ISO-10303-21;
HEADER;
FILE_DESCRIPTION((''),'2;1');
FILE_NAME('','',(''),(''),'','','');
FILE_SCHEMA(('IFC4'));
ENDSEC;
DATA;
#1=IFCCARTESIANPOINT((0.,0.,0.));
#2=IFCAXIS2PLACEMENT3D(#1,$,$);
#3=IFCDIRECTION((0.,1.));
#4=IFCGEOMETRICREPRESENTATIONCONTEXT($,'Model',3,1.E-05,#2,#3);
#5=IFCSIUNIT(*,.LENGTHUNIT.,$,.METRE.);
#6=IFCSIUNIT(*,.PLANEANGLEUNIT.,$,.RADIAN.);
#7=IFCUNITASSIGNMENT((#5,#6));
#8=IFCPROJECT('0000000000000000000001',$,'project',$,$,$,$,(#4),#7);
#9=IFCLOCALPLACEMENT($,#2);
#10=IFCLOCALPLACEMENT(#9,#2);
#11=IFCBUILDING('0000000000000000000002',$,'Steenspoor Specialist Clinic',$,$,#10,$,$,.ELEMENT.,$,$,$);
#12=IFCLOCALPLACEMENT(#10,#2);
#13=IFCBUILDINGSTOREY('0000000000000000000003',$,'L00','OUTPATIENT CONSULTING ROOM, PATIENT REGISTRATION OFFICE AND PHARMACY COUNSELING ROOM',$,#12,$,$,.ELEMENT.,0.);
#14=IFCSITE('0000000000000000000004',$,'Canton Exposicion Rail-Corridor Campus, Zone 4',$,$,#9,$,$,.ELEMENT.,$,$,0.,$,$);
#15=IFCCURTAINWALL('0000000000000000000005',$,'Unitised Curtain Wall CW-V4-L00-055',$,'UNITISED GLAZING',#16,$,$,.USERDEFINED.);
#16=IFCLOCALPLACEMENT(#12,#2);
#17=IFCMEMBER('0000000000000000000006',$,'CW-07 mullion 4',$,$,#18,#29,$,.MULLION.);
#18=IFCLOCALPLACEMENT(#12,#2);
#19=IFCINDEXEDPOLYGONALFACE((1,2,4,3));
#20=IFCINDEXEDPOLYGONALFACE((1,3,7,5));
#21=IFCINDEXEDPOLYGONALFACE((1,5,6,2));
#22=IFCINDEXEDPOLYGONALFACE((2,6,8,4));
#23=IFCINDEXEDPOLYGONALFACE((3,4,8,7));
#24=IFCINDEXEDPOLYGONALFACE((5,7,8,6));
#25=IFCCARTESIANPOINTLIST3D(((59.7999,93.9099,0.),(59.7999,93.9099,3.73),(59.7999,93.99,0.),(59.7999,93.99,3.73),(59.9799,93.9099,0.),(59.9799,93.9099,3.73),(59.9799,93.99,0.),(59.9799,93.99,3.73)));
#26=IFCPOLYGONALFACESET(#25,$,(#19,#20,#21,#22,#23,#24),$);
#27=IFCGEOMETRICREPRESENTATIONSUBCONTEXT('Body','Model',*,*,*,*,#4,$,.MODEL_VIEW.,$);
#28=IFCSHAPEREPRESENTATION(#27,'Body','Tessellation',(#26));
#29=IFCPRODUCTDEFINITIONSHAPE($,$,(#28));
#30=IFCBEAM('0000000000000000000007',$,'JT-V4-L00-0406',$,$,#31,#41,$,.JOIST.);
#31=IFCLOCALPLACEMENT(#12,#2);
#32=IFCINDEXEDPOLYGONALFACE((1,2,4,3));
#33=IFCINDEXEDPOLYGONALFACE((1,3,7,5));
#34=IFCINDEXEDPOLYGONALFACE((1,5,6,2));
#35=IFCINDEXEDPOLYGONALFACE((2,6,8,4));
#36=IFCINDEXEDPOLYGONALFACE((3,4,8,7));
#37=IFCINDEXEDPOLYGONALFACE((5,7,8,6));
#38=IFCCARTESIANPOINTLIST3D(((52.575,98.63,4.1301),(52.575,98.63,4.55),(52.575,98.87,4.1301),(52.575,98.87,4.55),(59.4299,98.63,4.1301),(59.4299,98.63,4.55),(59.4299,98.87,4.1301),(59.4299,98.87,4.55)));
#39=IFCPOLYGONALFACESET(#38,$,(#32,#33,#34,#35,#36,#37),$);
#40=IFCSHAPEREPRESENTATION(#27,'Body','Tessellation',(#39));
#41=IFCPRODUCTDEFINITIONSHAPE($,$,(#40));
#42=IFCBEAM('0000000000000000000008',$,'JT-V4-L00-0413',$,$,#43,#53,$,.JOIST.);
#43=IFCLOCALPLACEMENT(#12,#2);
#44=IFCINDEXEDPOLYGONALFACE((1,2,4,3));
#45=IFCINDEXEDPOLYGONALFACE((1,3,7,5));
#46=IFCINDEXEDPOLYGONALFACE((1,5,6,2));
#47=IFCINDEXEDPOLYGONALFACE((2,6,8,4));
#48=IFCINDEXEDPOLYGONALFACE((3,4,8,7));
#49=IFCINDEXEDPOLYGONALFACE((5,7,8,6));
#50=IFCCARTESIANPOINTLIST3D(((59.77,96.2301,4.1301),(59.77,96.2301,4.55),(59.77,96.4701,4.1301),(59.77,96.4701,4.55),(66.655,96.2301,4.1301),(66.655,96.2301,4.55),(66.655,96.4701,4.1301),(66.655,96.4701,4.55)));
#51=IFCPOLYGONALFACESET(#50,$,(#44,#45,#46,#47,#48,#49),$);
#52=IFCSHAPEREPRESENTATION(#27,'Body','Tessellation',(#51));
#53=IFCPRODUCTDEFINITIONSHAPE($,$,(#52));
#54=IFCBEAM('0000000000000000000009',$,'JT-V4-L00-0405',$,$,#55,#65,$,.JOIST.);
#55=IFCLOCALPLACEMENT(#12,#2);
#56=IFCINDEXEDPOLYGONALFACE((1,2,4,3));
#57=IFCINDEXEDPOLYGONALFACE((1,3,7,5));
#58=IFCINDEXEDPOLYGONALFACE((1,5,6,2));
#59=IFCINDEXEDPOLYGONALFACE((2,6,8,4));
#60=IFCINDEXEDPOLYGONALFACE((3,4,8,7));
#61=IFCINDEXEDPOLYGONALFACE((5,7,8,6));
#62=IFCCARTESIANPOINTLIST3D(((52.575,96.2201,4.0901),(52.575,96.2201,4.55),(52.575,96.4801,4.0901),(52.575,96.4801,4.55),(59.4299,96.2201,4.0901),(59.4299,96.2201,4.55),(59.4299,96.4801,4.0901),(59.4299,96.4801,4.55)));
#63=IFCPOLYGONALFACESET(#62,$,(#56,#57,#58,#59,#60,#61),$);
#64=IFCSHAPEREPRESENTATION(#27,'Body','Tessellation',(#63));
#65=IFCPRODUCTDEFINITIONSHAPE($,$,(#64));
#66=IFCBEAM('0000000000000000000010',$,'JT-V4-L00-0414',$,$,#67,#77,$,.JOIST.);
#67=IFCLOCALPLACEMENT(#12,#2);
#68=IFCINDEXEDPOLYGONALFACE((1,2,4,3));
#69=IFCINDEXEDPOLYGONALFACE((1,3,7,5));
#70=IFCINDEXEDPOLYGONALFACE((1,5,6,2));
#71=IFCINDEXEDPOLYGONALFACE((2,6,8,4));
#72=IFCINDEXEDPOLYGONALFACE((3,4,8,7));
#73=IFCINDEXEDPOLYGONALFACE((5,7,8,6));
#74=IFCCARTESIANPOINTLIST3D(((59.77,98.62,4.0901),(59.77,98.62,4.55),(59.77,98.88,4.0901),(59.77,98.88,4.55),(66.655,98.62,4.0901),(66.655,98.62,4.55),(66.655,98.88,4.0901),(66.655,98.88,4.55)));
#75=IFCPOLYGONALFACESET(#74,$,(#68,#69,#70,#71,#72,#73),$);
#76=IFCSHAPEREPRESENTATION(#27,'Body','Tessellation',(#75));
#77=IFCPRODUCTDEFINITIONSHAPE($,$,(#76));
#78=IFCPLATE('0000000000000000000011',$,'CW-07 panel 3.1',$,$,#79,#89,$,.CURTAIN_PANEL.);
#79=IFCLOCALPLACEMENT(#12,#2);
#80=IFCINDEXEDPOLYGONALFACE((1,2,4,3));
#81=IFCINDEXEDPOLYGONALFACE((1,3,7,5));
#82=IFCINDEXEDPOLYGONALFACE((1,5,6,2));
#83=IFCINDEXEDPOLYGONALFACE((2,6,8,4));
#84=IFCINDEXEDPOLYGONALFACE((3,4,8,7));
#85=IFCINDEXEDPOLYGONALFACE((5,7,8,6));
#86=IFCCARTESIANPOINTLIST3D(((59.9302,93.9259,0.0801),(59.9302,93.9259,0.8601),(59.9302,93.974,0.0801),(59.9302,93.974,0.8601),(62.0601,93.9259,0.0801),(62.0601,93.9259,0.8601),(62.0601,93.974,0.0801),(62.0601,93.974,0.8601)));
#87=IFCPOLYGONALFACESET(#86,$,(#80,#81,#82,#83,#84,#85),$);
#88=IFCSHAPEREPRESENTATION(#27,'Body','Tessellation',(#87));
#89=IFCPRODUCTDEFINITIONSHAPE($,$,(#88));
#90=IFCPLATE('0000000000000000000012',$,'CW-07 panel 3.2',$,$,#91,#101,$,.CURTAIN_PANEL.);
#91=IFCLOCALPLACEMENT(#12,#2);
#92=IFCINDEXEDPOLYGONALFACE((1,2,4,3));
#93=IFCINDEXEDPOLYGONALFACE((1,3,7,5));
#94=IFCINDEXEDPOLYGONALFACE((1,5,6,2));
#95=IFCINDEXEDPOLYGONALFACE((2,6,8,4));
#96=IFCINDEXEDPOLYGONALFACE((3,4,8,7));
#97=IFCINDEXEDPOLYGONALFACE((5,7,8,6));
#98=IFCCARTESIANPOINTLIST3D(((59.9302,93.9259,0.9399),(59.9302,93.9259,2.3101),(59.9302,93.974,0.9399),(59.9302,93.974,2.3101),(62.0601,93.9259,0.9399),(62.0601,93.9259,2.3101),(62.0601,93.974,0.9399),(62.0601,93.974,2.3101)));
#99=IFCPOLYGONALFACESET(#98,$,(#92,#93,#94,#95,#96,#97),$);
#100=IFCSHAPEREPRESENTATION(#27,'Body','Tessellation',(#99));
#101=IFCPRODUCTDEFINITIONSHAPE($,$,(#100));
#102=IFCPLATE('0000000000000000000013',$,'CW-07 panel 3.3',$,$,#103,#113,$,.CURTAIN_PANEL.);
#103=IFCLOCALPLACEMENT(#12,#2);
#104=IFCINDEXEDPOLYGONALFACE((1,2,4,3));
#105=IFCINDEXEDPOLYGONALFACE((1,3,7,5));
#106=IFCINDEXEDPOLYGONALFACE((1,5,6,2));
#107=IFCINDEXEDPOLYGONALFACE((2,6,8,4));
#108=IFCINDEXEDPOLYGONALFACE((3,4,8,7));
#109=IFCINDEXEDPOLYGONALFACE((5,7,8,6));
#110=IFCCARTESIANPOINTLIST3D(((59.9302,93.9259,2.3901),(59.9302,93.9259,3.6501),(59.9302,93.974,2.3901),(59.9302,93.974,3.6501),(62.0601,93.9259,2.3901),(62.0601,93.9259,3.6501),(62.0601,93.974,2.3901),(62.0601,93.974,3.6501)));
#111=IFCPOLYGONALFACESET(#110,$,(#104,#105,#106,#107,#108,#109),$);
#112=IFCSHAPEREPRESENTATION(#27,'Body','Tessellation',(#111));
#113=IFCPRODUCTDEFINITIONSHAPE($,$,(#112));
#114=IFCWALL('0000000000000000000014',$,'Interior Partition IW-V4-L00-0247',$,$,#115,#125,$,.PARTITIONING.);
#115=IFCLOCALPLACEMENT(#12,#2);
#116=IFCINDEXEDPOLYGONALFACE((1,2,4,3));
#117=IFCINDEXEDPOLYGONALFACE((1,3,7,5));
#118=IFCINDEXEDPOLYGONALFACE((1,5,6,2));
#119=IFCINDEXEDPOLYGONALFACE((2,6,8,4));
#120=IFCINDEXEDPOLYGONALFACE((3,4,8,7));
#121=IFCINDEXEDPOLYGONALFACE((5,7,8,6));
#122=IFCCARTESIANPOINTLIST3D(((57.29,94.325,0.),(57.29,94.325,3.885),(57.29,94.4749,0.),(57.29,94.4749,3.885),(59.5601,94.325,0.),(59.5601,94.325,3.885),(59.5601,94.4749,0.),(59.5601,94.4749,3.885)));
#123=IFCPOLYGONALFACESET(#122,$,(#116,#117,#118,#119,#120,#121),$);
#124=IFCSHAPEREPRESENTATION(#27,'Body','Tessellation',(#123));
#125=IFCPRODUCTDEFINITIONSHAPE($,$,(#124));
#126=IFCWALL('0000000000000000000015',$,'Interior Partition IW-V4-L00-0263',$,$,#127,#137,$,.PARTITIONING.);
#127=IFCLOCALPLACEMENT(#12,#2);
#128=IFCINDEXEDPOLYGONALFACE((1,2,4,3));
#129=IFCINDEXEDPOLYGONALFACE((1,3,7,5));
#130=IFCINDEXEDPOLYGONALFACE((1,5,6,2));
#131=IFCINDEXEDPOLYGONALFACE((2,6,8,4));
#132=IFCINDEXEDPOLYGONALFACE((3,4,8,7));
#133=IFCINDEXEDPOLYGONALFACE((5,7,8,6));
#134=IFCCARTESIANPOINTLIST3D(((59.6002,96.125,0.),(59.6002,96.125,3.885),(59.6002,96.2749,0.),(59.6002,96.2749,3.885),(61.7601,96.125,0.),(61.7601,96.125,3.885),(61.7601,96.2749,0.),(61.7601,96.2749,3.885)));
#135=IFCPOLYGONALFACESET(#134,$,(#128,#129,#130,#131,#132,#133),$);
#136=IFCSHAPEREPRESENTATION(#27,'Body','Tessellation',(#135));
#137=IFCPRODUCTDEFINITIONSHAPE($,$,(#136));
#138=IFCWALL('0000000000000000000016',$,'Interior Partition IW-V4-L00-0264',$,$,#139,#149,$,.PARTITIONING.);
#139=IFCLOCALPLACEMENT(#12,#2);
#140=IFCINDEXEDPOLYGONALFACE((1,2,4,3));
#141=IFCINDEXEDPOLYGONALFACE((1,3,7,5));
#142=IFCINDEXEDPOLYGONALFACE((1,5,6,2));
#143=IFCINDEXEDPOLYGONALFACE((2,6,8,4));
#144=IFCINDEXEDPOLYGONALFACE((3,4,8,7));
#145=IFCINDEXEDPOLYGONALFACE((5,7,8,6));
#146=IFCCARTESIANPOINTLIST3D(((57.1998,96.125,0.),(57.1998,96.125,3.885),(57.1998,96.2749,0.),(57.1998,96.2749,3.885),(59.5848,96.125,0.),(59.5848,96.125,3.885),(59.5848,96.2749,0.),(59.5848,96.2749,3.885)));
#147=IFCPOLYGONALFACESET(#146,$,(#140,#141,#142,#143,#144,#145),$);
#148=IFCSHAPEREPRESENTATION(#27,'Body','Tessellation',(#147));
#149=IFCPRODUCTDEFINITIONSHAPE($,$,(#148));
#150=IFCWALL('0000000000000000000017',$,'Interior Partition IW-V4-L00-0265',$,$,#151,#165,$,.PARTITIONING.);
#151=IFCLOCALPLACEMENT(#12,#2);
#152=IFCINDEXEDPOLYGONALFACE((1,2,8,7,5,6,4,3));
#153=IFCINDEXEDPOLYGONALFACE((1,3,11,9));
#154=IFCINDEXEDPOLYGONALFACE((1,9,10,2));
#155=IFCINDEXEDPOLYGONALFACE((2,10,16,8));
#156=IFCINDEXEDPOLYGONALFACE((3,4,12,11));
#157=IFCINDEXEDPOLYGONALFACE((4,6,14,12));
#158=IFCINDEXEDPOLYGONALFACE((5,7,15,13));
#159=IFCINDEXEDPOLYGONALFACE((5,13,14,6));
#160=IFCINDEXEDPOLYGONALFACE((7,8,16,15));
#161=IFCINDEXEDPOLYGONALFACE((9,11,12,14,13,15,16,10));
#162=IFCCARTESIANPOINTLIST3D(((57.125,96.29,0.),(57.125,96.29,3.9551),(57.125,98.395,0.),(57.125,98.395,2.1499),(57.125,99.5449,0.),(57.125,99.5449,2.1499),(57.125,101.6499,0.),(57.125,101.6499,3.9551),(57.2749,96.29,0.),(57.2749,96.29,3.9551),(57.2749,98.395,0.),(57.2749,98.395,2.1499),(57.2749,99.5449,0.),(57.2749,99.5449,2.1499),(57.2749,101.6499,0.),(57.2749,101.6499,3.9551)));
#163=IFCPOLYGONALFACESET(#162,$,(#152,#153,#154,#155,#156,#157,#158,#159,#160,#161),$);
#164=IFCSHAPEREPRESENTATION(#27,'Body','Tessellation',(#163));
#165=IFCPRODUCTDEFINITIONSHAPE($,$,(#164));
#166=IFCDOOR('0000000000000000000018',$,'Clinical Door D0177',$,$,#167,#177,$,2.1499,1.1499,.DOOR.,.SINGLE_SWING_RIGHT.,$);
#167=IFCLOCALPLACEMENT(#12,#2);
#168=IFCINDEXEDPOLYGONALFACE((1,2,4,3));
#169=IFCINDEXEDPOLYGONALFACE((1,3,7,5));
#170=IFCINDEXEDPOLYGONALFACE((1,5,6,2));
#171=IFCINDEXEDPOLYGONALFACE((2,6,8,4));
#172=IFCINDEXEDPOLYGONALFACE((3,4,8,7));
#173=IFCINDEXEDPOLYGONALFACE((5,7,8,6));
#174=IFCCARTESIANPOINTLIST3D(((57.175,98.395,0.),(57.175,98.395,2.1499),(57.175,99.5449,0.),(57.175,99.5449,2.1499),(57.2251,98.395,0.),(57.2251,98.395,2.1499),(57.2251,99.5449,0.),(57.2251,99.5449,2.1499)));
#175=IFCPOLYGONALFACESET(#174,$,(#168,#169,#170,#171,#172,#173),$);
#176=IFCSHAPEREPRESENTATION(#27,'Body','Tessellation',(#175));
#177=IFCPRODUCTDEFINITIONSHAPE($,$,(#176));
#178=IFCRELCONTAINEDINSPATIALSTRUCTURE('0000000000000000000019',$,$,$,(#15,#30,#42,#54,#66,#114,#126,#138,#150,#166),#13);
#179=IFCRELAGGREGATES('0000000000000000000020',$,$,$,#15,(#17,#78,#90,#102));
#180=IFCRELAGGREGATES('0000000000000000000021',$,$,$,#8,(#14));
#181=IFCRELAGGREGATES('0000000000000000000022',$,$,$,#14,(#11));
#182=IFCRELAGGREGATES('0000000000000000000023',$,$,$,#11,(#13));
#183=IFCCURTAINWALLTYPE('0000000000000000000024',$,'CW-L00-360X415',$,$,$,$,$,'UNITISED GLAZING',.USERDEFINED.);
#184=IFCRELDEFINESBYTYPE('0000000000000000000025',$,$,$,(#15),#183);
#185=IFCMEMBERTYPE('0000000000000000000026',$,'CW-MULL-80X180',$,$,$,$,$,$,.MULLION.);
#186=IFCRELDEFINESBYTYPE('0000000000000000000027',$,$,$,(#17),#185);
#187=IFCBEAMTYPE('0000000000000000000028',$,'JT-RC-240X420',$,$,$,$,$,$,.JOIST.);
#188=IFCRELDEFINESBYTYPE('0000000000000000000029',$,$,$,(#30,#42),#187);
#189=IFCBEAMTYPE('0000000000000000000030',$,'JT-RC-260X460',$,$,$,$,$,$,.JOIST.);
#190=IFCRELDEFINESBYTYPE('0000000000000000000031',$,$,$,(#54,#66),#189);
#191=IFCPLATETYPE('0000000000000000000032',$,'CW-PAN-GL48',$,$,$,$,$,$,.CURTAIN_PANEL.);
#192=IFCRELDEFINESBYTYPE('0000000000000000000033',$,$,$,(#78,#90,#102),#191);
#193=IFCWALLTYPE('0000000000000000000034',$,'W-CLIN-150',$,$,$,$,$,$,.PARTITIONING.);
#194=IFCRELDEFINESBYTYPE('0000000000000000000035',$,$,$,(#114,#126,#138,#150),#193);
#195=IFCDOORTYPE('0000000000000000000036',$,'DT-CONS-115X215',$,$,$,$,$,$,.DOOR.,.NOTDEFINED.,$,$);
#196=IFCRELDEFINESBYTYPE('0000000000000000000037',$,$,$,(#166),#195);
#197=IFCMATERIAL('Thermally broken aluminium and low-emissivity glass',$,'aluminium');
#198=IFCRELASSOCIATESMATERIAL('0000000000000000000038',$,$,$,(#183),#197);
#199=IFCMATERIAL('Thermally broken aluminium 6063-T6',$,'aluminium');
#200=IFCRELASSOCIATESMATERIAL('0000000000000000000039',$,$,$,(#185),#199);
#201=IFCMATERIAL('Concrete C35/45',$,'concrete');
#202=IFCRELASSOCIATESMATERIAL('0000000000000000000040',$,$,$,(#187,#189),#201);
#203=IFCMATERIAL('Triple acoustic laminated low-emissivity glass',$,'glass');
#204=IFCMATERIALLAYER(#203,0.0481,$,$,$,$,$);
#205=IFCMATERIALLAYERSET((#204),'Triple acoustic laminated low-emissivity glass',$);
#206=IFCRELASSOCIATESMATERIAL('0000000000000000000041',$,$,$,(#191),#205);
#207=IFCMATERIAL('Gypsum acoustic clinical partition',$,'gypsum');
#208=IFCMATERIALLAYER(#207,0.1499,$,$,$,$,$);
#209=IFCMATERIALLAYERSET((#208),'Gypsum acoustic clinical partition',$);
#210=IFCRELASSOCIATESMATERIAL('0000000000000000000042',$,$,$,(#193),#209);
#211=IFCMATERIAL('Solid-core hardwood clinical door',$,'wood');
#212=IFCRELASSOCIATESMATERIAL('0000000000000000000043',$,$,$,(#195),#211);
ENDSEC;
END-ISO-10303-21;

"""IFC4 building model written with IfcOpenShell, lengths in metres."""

from ifc_helpers import new_model, si_unit, direction, frame, frame_2d, origin, origin_2d, place, context, subcontext, project, spatial, rectangle, extrude, material, layer, layer_set, material_profile, profile_set, type_object, element, fill, aggregate, save


model = new_model("IFC4")

# Units and contexts
model_context = context("Model", 3, precision=1e-05, world=origin(), true_north=direction((0.0, 1.0)))
body_context = subcontext(model_context, "Body", "Model", "MODEL_VIEW")
ifc_project = project(units=[si_unit("LENGTHUNIT", "METRE"), si_unit("PLANEANGLEUNIT", "RADIAN")], contexts=[model_context])

# Site, building, storey
site_placement = place(None, origin())
site = spatial("IfcSite", under=ifc_project, at=site_placement, Name="Canton Exposicion Rail-Corridor Campus, Zone 4", CompositionType="ELEMENT", RefElevation=0.0)
building_placement = place(site_placement, origin())
building = spatial("IfcBuilding", under=site, at=building_placement, Name="Steenspoor Specialist Clinic", CompositionType="ELEMENT")
storey_placement = place(building_placement, origin())
storey = spatial("IfcBuildingStorey", under=building, at=storey_placement, Name="L00", Description="OUTPATIENT CONSULTING ROOM, PATIENT REGISTRATION OFFICE AND PHARMACY COUNSELING ROOM", CompositionType="ELEMENT", Elevation=0.0)

# Shared definitions
ifc_material_1 = material(Name="Concrete C35/45", Category="concrete")

# Curtain wall, member
ifc_material_2 = material(Name="Thermally broken aluminium and low-emissivity glass", Category="aluminium")
curtain_wall_type = type_object("IfcCurtainWallType", Name="CW-L00-360X415", ElementType="UNITISED GLAZING", PredefinedType="USERDEFINED", material=ifc_material_2)
curtain_wall_placement = place(storey_placement, origin())
curtain_wall = element("IfcCurtainWall", 1, at=curtain_wall_placement, inside=storey, type_object=curtain_wall_type, Name="Unitised Curtain Wall CW-V4-L00-055", ObjectType="UNITISED GLAZING", PredefinedType="USERDEFINED")
ifc_material_3 = material(Name="Thermally broken aluminium 6063-T6", Category="aluminium")
ifc_material_profile_1 = material_profile(ifc_material_3, rectangle(XDim=0.0801, YDim=0.1799, at=origin_2d()), Name="CWM-80X180")
ifc_profile_set_1 = profile_set([ifc_material_profile_1], Name="Thermally broken aluminium 6063-T6")
member_type = type_object("IfcMemberType", Name="CW-MULL-80X180", PredefinedType="MULLION", material=ifc_profile_set_1)
member_placement = place(storey_placement, frame((59.8899, 93.95, 0.0), z_axis=(0.0, 0.0, 1.0), x_axis=(0.0, -1.0, 0.0)))
member = element("IfcMember", 2, at=member_placement, type_object=member_type, Name="CW-07 mullion 4", PredefinedType="MULLION", context=body_context, shape_type="SweptSolid", body=[
    extrude(rectangle(XDim=0.0801, YDim=0.1799, at=origin_2d()), origin(), (0.0, 0.0, 1.0), 3.73),
])

# Beams
ifc_material_profile_2 = material_profile(ifc_material_1, rectangle(XDim=0.24, YDim=0.4199, at=origin_2d()), Name="RC-JT-240X420")
ifc_profile_set_2 = profile_set([ifc_material_profile_2], Name="Concrete C35/45")
beam_type_1 = type_object("IfcBeamType", Name="JT-RC-240X420", PredefinedType="JOIST", material=ifc_profile_set_2)
beam_1_placement = place(storey_placement, frame((52.575, 98.75, 4.3401), z_axis=(1.0, 0.0, 0.0), x_axis=(0.0, 1.0, 0.0)))
element("IfcBeam", 3, at=beam_1_placement, inside=storey, type_object=beam_type_1, Name="JT-V4-L00-0406", PredefinedType="JOIST", context=body_context, shape_type="SweptSolid", body=[
    extrude(rectangle(XDim=0.24, YDim=0.4199, at=origin_2d()), origin(), (0.0, 0.0, 1.0), 6.855),
])
beam_2_placement = place(storey_placement, frame((59.77, 96.3501, 4.3401), z_axis=(1.0, 0.0, 0.0), x_axis=(0.0, 1.0, 0.0)))
element("IfcBeam", 4, at=beam_2_placement, inside=storey, type_object=beam_type_1, Name="JT-V4-L00-0413", PredefinedType="JOIST", context=body_context, shape_type="SweptSolid", body=[
    extrude(rectangle(XDim=0.24, YDim=0.4199, at=origin_2d()), origin(), (0.0, 0.0, 1.0), 6.885),
])
ifc_material_profile_3 = material_profile(ifc_material_1, rectangle(XDim=0.26, YDim=0.46, at=origin_2d()), Name="RC-JT-260X460")
ifc_profile_set_3 = profile_set([ifc_material_profile_3], Name="Concrete C35/45")
beam_type_2 = type_object("IfcBeamType", Name="JT-RC-260X460", PredefinedType="JOIST", material=ifc_profile_set_3)
beam_3_placement = place(storey_placement, frame((52.575, 96.3501, 4.3201), z_axis=(1.0, 0.0, 0.0), x_axis=(0.0, 1.0, 0.0)))
element("IfcBeam", 5, at=beam_3_placement, inside=storey, type_object=beam_type_2, Name="JT-V4-L00-0405", PredefinedType="JOIST", context=body_context, shape_type="SweptSolid", body=[
    extrude(rectangle(XDim=0.26, YDim=0.46, at=origin_2d()), origin(), (0.0, 0.0, 1.0), 6.855),
])
beam_4_placement = place(storey_placement, frame((59.77, 98.75, 4.3201), z_axis=(1.0, 0.0, 0.0), x_axis=(0.0, 1.0, 0.0)))
element("IfcBeam", 6, at=beam_4_placement, inside=storey, type_object=beam_type_2, Name="JT-V4-L00-0414", PredefinedType="JOIST", context=body_context, shape_type="SweptSolid", body=[
    extrude(rectangle(XDim=0.26, YDim=0.46, at=origin_2d()), origin(), (0.0, 0.0, 1.0), 6.885),
])

# Plates
ifc_material_4 = material(Name="Triple acoustic laminated low-emissivity glass", Category="glass")
ifc_layer_1 = layer(ifc_material_4, 0.0481)
ifc_layer_set_1 = layer_set([ifc_layer_1], Name="Triple acoustic laminated low-emissivity glass")
plate_type = type_object("IfcPlateType", Name="CW-PAN-GL48", PredefinedType="CURTAIN_PANEL", material=ifc_layer_set_1)
plate_1_placement = place(storey_placement, frame((60.9951, 93.95, 0.0801), z_axis=(0.0, 0.0, 1.0), x_axis=(-1.0, 0.0, 0.0)))
plate_1 = element("IfcPlate", 7, at=plate_1_placement, type_object=plate_type, Name="CW-07 panel 3.1", PredefinedType="CURTAIN_PANEL", context=body_context, shape_type="SweptSolid", body=[
    extrude(rectangle(XDim=2.1299, YDim=0.0481, at=origin_2d()), origin(), (0.0, 0.0, 1.0), 0.78),
])
plate_2_placement = place(storey_placement, frame((60.9951, 93.95, 0.9399), z_axis=(0.0, 0.0, 1.0), x_axis=(-1.0, 0.0, 0.0)))
plate_2 = element("IfcPlate", 8, at=plate_2_placement, type_object=plate_type, Name="CW-07 panel 3.2", PredefinedType="CURTAIN_PANEL", context=body_context, shape_type="SweptSolid", body=[
    extrude(rectangle(XDim=2.1299, YDim=0.0481, at=origin_2d()), origin(), (0.0, 0.0, 1.0), 1.3701),
])
plate_3_placement = place(storey_placement, frame((60.9951, 93.95, 2.3901), z_axis=(0.0, 0.0, 1.0), x_axis=(-1.0, 0.0, 0.0)))
plate_3 = element("IfcPlate", 9, at=plate_3_placement, type_object=plate_type, Name="CW-07 panel 3.3", PredefinedType="CURTAIN_PANEL", context=body_context, shape_type="SweptSolid", body=[
    extrude(rectangle(XDim=2.1299, YDim=0.0481, at=origin_2d()), origin(), (0.0, 0.0, 1.0), 1.26),
])
aggregate(curtain_wall, [member, plate_1, plate_2, plate_3])

# Walls
ifc_material_5 = material(Name="Gypsum acoustic clinical partition", Category="gypsum")
ifc_layer_2 = layer(ifc_material_5, 0.1499)
ifc_layer_set_2 = layer_set([ifc_layer_2], Name="Gypsum acoustic clinical partition")
wall_type = type_object("IfcWallType", Name="W-CLIN-150", PredefinedType="PARTITIONING", material=ifc_layer_set_2)
wall_1_placement = place(storey_placement, frame((57.29, 94.3999, 0.0), z_axis=(0.0, 0.0, 1.0), x_axis=(1.0, 0.0, 0.0)))
element("IfcWall", 10, at=wall_1_placement, inside=storey, type_object=wall_type, Name="Interior Partition IW-V4-L00-0247", PredefinedType="PARTITIONING", context=body_context, shape_type="SweptSolid", body=[
    extrude(rectangle(XDim=2.27, YDim=0.1499, at=frame_2d((1.135, 0.0))), origin(), (0.0, 0.0, 1.0), 3.885),
])
wall_2_placement = place(storey_placement, frame((59.6001, 96.2, 0.0), z_axis=(0.0, 0.0, 1.0), x_axis=(1.0, 0.0, 0.0)))
element("IfcWall", 11, at=wall_2_placement, inside=storey, type_object=wall_type, Name="Interior Partition IW-V4-L00-0263", PredefinedType="PARTITIONING", context=body_context, shape_type="SweptSolid", body=[
    extrude(rectangle(XDim=2.1599, YDim=0.1499, at=frame_2d((1.0801, 0.0))), origin(), (0.0, 0.0, 1.0), 3.885),
])
wall_3_placement = place(storey_placement, frame((57.2, 96.2, 0.0), z_axis=(0.0, 0.0, 1.0), x_axis=(1.0, 0.0, 0.0)))
element("IfcWall", 12, at=wall_3_placement, inside=storey, type_object=wall_type, Name="Interior Partition IW-V4-L00-0264", PredefinedType="PARTITIONING", context=body_context, shape_type="SweptSolid", body=[
    extrude(rectangle(XDim=2.385, YDim=0.1499, at=frame_2d((1.1924, 0.0))), origin(), (0.0, 0.0, 1.0), 3.885),
])

# Wall, opening, door
wall_4_placement = place(storey_placement, frame((57.2, 96.29, 0.0), z_axis=(0.0, 0.0, 1.0), x_axis=(0.0, 1.0, 0.0)))
wall_4 = element("IfcWall", 13, at=wall_4_placement, inside=storey, type_object=wall_type, Name="Interior Partition IW-V4-L00-0265", PredefinedType="PARTITIONING", context=body_context, shape_type="SweptSolid", body=[
    extrude(rectangle(XDim=5.3599, YDim=0.1499, at=frame_2d((2.6799, 0.0))), origin(), (0.0, 0.0, 1.0), 3.9551),
])
opening_placement = place(wall_4_placement, frame((2.105, 0.0, 0.0)))
opening = element("IfcOpeningElement", 14, at=opening_placement, cuts=wall_4, PredefinedType="OPENING", context=body_context, shape_type="SweptSolid", body=[
    extrude(rectangle(XDim=1.1499, YDim=2.1499, at=frame_2d((0.575, 1.075))), frame((0.0, 0.085, 0.0), z_axis=(0.0, -1.0, 0.0), x_axis=(1.0, 0.0, 0.0)), (0.0, 0.0, 1.0), 0.1699),
])
ifc_material_6 = material(Name="Solid-core hardwood clinical door", Category="wood")
door_type = type_object("IfcDoorType", Name="DT-CONS-115X215", OperationType="NOTDEFINED", PredefinedType="DOOR", material=ifc_material_6)
door_placement = place(opening_placement, origin())
door = element("IfcDoor", 15, at=door_placement, inside=storey, type_object=door_type, Name="Clinical Door D0177", OperationType="SINGLE_SWING_RIGHT", OverallHeight=2.1499, OverallWidth=1.1499, PredefinedType="DOOR", context=body_context, shape_type="SweptSolid", body=[
    extrude(rectangle(XDim=1.1499, YDim=2.1499, at=frame_2d((0.575, 1.075))), frame((0.0, 0.0249, 0.0), z_axis=(0.0, -1.0, 0.0), x_axis=(1.0, 0.0, 0.0)), (0.0, 0.0, 1.0), 0.05),
])
fill(opening, door)

save(model, "model.ifc")
